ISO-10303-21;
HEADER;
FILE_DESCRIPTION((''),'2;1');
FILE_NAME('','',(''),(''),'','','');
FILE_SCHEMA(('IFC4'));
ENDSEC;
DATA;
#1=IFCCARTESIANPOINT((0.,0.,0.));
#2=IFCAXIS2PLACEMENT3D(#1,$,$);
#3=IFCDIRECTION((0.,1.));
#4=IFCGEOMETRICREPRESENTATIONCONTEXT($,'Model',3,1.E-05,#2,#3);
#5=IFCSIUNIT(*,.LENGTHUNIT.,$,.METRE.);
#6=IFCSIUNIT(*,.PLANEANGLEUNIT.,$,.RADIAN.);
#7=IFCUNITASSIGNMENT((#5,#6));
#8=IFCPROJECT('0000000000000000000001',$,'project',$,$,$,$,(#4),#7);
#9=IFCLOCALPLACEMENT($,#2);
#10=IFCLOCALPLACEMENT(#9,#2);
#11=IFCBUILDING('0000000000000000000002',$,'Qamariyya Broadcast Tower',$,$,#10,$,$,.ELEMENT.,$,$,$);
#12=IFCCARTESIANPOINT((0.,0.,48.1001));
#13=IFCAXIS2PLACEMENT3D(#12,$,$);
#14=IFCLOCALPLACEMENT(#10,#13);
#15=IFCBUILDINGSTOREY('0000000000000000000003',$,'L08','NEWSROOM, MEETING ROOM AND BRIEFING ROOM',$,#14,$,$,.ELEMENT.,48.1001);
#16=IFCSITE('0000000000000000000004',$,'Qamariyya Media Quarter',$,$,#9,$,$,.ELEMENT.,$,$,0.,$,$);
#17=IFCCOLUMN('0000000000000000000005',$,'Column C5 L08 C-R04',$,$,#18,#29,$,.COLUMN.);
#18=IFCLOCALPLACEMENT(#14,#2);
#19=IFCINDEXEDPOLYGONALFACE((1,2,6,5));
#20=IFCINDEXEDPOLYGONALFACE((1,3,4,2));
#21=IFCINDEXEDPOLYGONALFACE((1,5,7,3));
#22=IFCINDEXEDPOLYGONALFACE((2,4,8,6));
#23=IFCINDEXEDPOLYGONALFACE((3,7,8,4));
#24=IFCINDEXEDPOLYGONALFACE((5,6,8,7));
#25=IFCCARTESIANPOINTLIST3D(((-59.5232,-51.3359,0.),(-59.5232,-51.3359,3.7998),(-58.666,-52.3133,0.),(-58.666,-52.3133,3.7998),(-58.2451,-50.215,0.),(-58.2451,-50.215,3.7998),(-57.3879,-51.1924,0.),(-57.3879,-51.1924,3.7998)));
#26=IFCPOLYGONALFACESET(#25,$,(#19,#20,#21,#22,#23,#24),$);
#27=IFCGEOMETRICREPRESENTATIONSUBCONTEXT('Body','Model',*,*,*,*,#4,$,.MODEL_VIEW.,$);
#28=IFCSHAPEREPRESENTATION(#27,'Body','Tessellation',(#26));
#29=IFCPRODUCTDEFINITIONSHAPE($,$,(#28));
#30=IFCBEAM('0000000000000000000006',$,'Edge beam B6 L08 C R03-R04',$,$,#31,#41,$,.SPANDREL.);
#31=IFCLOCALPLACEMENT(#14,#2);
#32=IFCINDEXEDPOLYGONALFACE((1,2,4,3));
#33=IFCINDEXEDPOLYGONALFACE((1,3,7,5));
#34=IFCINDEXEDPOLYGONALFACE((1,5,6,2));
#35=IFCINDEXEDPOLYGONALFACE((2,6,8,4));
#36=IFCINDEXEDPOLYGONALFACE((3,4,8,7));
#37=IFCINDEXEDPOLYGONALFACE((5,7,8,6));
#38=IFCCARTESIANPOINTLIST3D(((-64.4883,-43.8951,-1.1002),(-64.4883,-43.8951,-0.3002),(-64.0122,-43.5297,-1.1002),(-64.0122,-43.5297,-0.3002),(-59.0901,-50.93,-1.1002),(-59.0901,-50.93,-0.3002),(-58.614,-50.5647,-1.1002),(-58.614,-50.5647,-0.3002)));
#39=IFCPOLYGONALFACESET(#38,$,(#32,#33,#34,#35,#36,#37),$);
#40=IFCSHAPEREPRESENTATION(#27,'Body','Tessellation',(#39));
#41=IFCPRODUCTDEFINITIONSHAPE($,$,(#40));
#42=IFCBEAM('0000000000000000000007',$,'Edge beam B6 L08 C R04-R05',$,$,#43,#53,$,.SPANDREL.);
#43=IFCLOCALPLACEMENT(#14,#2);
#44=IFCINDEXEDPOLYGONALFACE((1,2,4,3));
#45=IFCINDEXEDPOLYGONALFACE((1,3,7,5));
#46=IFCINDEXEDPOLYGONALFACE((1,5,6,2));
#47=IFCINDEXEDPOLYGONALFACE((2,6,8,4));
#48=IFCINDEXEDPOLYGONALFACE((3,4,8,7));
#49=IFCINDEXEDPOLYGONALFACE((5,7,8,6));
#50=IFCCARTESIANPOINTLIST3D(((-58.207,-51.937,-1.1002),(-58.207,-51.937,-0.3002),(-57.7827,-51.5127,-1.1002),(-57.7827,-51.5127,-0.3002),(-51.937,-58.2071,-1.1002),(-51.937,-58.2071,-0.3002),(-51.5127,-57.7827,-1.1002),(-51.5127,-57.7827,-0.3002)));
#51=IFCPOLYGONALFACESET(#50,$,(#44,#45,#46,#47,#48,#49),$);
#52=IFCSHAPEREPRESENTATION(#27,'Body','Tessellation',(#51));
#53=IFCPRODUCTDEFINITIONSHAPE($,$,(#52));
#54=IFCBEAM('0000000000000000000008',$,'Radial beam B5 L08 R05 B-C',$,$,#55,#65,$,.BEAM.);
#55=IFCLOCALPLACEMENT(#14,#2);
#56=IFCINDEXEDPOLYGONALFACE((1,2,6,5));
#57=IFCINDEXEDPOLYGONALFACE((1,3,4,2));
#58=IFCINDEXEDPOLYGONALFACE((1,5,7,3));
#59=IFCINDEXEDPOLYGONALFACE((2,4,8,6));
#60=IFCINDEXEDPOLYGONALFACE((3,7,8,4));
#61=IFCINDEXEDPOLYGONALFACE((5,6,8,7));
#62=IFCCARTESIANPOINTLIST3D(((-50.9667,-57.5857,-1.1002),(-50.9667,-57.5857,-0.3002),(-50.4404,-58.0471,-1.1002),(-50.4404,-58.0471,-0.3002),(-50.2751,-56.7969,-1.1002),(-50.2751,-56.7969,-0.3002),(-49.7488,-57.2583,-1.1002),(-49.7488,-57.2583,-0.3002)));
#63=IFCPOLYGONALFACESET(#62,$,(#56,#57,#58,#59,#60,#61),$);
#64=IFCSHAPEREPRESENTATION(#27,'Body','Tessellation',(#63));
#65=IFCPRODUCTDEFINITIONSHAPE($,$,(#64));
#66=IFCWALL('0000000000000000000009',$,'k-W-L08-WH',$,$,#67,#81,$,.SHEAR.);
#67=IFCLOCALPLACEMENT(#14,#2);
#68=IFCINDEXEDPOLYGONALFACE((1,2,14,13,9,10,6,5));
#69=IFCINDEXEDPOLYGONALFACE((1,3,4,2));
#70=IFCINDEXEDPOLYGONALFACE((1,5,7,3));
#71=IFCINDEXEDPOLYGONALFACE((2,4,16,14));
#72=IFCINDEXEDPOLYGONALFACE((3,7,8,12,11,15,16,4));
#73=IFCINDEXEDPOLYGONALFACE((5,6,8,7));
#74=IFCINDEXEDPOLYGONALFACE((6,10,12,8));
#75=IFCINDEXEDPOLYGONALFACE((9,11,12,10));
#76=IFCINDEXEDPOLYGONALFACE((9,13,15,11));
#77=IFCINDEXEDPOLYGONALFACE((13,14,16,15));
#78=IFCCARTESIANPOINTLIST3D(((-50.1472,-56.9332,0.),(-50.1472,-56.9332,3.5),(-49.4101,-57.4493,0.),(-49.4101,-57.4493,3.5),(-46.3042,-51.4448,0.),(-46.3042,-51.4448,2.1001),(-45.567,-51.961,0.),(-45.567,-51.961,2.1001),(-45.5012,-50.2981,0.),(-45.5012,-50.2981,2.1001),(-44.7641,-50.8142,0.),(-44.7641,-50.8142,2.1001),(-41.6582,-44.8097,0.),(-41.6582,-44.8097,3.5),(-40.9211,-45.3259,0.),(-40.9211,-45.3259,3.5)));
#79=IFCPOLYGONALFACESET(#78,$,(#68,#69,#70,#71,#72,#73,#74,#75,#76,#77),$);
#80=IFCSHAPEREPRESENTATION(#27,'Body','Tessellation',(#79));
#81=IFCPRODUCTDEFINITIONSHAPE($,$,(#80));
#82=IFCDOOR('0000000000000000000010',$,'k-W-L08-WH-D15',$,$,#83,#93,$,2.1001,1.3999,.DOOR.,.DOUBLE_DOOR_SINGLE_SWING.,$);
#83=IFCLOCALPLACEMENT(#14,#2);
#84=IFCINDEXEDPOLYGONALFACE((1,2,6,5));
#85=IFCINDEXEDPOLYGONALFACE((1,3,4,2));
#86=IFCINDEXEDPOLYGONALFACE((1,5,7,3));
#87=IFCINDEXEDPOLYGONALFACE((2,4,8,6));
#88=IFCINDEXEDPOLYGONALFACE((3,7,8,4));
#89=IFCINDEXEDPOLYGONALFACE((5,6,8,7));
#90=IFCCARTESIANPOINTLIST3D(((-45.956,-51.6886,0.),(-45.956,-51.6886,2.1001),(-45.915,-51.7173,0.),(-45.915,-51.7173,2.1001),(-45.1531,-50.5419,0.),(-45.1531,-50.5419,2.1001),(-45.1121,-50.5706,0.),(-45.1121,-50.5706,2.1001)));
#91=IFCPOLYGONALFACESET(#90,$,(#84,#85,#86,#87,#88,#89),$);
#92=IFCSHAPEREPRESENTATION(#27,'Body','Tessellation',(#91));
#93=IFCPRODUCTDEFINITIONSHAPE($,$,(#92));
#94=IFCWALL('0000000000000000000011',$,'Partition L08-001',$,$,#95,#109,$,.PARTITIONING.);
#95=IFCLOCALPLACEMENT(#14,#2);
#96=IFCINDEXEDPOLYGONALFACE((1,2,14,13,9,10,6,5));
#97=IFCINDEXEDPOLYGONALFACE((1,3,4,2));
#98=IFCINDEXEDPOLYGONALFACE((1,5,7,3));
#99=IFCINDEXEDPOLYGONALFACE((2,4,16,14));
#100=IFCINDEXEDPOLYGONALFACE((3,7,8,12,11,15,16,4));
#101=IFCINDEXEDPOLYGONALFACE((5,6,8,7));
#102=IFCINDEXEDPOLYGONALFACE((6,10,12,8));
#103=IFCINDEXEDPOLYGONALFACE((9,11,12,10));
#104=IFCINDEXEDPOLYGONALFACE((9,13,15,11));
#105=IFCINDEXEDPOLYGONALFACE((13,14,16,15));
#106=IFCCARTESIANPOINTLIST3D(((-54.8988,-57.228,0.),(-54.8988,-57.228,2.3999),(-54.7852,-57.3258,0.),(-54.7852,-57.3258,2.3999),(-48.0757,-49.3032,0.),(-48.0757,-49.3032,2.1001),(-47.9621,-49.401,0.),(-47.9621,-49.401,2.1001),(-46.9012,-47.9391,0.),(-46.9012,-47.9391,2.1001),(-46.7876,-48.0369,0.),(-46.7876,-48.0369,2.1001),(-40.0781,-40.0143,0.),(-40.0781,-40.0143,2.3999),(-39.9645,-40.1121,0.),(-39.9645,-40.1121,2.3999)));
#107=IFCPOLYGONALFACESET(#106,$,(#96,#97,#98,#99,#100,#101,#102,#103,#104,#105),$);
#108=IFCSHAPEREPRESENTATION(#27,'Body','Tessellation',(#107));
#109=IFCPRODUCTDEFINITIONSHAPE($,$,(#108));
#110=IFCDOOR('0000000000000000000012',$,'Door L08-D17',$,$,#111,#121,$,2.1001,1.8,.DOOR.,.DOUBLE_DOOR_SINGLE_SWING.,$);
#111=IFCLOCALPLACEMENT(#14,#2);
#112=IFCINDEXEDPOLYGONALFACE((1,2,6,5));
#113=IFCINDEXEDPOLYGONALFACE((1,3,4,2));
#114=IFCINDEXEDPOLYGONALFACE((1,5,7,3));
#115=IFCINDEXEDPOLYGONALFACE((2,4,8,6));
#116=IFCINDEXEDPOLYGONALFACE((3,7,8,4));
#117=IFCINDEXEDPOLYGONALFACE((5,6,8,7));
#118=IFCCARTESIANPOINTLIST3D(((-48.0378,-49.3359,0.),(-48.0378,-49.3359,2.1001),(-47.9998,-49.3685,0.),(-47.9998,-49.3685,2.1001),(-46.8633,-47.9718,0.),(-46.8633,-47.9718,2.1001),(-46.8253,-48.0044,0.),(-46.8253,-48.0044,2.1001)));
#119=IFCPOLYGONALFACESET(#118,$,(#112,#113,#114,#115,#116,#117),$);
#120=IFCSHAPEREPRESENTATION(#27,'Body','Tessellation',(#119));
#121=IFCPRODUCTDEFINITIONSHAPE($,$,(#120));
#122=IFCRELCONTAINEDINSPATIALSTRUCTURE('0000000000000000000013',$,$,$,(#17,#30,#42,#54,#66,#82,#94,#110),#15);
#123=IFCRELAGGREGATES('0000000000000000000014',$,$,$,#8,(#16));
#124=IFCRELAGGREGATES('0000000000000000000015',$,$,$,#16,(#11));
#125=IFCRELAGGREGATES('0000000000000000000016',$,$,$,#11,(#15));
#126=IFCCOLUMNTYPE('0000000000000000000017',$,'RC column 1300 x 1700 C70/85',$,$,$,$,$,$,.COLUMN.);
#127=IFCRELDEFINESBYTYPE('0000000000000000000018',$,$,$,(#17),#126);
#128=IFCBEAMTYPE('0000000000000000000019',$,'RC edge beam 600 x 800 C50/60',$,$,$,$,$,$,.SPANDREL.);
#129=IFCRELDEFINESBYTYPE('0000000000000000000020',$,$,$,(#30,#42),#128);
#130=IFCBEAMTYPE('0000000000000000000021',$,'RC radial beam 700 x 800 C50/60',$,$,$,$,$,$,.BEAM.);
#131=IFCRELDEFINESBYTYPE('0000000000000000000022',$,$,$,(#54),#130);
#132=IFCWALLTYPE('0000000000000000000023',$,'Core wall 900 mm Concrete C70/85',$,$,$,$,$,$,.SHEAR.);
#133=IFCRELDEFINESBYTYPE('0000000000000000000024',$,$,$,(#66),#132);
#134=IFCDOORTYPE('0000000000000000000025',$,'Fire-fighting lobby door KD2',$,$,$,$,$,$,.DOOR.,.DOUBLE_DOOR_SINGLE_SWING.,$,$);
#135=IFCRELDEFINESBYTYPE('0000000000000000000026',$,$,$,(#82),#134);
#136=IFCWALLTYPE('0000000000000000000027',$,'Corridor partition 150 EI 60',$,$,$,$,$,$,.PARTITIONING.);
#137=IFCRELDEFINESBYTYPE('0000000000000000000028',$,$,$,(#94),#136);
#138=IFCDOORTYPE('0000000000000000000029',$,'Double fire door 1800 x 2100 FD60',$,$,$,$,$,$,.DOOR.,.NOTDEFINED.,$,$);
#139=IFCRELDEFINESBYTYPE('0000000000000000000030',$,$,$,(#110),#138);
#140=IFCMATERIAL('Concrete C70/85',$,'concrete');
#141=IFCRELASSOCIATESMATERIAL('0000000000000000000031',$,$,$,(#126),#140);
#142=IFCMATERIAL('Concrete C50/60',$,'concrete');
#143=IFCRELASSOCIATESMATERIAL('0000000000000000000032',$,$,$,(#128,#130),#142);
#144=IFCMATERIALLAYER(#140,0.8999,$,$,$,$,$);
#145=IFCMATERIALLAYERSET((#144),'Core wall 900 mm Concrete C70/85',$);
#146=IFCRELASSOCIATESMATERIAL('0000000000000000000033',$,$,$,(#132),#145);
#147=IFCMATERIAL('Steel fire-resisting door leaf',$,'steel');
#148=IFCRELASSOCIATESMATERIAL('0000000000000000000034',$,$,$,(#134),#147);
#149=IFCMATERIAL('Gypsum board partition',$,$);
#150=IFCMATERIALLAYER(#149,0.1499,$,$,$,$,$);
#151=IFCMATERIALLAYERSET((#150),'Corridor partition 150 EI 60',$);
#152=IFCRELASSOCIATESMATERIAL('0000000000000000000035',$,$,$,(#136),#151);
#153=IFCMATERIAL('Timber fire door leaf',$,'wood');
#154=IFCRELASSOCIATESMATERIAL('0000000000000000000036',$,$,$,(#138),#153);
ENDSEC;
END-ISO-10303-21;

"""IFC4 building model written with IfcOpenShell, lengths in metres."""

from ifc_helpers import new_model, si_unit, direction, frame, frame_2d, origin, origin_2d, place, context, subcontext, project, spatial, rectangle, extrude, material, layer, layer_set, material_profile, profile_set, type_object, element, fill, save


model = new_model("IFC4")

# Units and contexts
model_context = context("Model", 3, precision=1e-05, world=origin(), true_north=direction((0.0, 1.0)))
body_context = subcontext(model_context, "Body", "Model", "MODEL_VIEW")
ifc_project = project(units=[si_unit("LENGTHUNIT", "METRE"), si_unit("PLANEANGLEUNIT", "RADIAN")], contexts=[model_context])

# Site, building, storey
site_placement = place(None, origin())
site = spatial("IfcSite", under=ifc_project, at=site_placement, Name="Qamariyya Media Quarter", CompositionType="ELEMENT", RefElevation=0.0)
building_placement = place(site_placement, origin())
building = spatial("IfcBuilding", under=site, at=building_placement, Name="Qamariyya Broadcast Tower", CompositionType="ELEMENT")
storey_placement = place(building_placement, frame((0.0, 0.0, 48.1001)))
storey = spatial("IfcBuildingStorey", under=building, at=storey_placement, Name="L08", Description="NEWSROOM, MEETING ROOM AND BRIEFING ROOM", CompositionType="ELEMENT", Elevation=48.1001)

# Column
ifc_material_1 = material(Name="Concrete C70/85", Category="concrete")
ifc_material_profile_1 = material_profile(ifc_material_1, rectangle(XDim=1.3, YDim=1.7, at=origin_2d()))
ifc_profile_set_1 = profile_set([ifc_material_profile_1], Name="Concrete C70/85")
column_type = type_object("IfcColumnType", Name="RC column 1300 x 1700 C70/85", PredefinedType="COLUMN", material=ifc_profile_set_1)
column_placement = place(storey_placement, frame((-58.4556, -51.2642, 0.0), z_axis=(0.0, 0.0, 1.0), x_axis=(0.659346, -0.75184, 0.0)))
element("IfcColumn", 1, at=column_placement, inside=storey, type_object=column_type, Name="Column C5 L08 C-R04", PredefinedType="COLUMN", context=body_context, shape_type="SweptSolid", body=[
    extrude(rectangle(XDim=1.3, YDim=1.7, at=origin_2d()), origin(), (0.0, 0.0, 1.0), 3.7998),
])

# Beams
ifc_material_2 = material(Name="Concrete C50/60", Category="concrete")
ifc_material_profile_2 = material_profile(ifc_material_2, rectangle(XDim=0.6001, YDim=0.8, at=origin_2d()))
ifc_profile_set_2 = profile_set([ifc_material_profile_2], Name="Concrete C50/60")
beam_type_1 = type_object("IfcBeamType", Name="RC edge beam 600 x 800 C50/60", PredefinedType="SPANDREL", material=ifc_profile_set_2)
beam_1_placement = place(storey_placement, frame((-64.2502, -43.7124, -0.7002), z_axis=(0.60877, -0.793347, 0.0), x_axis=(0.793347, 0.60877, 0.0)))
element("IfcBeam", 2, at=beam_1_placement, inside=storey, type_object=beam_type_1, Name="Edge beam B6 L08 C R03-R04", PredefinedType="SPANDREL", context=body_context, shape_type="SweptSolid", body=[
    extrude(rectangle(XDim=0.6001, YDim=0.8, at=origin_2d()), origin(), (0.0, 0.0, 1.0), 8.8674),
])
beam_2_placement = place(storey_placement, frame((-57.9949, -51.7249, -0.7002), z_axis=(0.707107, -0.707107, 0.0), x_axis=(0.707107, 0.707107, 0.0)))
element("IfcBeam", 3, at=beam_2_placement, inside=storey, type_object=beam_type_1, Name="Edge beam B6 L08 C R04-R05", PredefinedType="SPANDREL", context=body_context, shape_type="SweptSolid", body=[
    extrude(rectangle(XDim=0.6001, YDim=0.8, at=origin_2d()), origin(), (0.0, 0.0, 1.0), 8.8672),
])
ifc_material_profile_3 = material_profile(ifc_material_2, rectangle(XDim=0.7, YDim=0.8, at=origin_2d()))
ifc_profile_set_3 = profile_set([ifc_material_profile_3], Name="Concrete C50/60")
beam_type_2 = type_object("IfcBeamType", Name="RC radial beam 700 x 800 C50/60", PredefinedType="BEAM", material=ifc_profile_set_3)
beam_3_placement = place(storey_placement, frame((-50.012, -57.0276, -0.7002), z_axis=(-0.659279, -0.751899, 0.0), x_axis=(0.751899, -0.659279, 0.0)))
element("IfcBeam", 4, at=beam_3_placement, inside=storey, type_object=beam_type_2, Name="Radial beam B5 L08 R05 B-C", PredefinedType="BEAM", context=body_context, shape_type="SweptSolid", body=[
    extrude(rectangle(XDim=0.7, YDim=0.8, at=origin_2d()), origin(), (0.0, 0.0, 1.0), 1.0491),
])

# Walls, openings, doors
ifc_layer_1 = layer(ifc_material_1, 0.8999)
ifc_layer_set_1 = layer_set([ifc_layer_1], Name="Core wall 900 mm Concrete C70/85")
wall_type_1 = type_object("IfcWallType", Name="Core wall 900 mm Concrete C70/85", PredefinedType="SHEAR", material=ifc_layer_set_1)
wall_1_placement = place(storey_placement, frame((-49.7786, -57.1912, 0.0), z_axis=(0.0, 0.0, 1.0), x_axis=(0.573577, 0.819151, 0.0)))
wall_1 = element("IfcWall", 5, at=wall_1_placement, inside=storey, type_object=wall_type_1, Name="k-W-L08-WH", PredefinedType="SHEAR", context=body_context, shape_type="SweptSolid", body=[
    extrude(rectangle(XDim=14.8, YDim=0.8999, at=frame_2d((7.3999, 0.0))), origin(), (0.0, 0.0, 1.0), 3.5),
])
opening_1_placement = place(wall_1_placement, frame((6.7, 0.0, 0.0)))
opening_1 = element("IfcOpeningElement", 6, at=opening_1_placement, cuts=wall_1, PredefinedType="OPENING", context=body_context, shape_type="SweptSolid", body=[
    extrude(rectangle(XDim=1.3999, YDim=2.1001, at=frame_2d((0.7, 1.05))), frame((0.0, 0.46, 0.0), z_axis=(0.0, -1.0, 0.0), x_axis=(1.0, 0.0, 0.0)), (0.0, 0.0, 1.0), 0.9199),
])
ifc_material_3 = material(Name="Steel fire-resisting door leaf", Category="steel")
door_type_1 = type_object("IfcDoorType", Name="Fire-fighting lobby door KD2", OperationType="DOUBLE_DOOR_SINGLE_SWING", PredefinedType="DOOR", material=ifc_material_3)
door_1_placement = place(opening_1_placement, origin())
door_1 = element("IfcDoor", 7, at=door_1_placement, inside=storey, type_object=door_type_1, Name="k-W-L08-WH-D15", OperationType="DOUBLE_DOOR_SINGLE_SWING", OverallHeight=2.1001, OverallWidth=1.3999, PredefinedType="DOOR", context=body_context, shape_type="SweptSolid", body=[
    extrude(rectangle(XDim=1.3999, YDim=2.1001, at=frame_2d((0.7, 1.05))), frame((0.0, 0.0249, 0.0), z_axis=(0.0, -1.0, 0.0), x_axis=(1.0, 0.0, 0.0)), (0.0, 0.0, 1.0), 0.05),
])
fill(opening_1, door_1)
ifc_material_4 = material(Name="Gypsum board partition")
ifc_layer_2 = layer(ifc_material_4, 0.1499)
ifc_layer_set_2 = layer_set([ifc_layer_2], Name="Corridor partition 150 EI 60")
wall_type_2 = type_object("IfcWallType", Name="Corridor partition 150 EI 60", PredefinedType="PARTITIONING", material=ifc_layer_set_2)
wall_2_placement = place(storey_placement, frame((-54.842, -57.2769, 0.0), z_axis=(0.0, 0.0, 1.0), x_axis=(0.652472, 0.757813, 0.0)))
wall_2 = element("IfcWall", 8, at=wall_2_placement, inside=storey, type_object=wall_type_2, Name="Partition L08-001", PredefinedType="PARTITIONING", context=body_context, shape_type="SweptSolid", body=[
    extrude(rectangle(XDim=22.7148, YDim=0.1499, at=frame_2d((11.3574, 0.0))), origin(), (0.0, 0.0, 1.0), 2.3999),
])
opening_2_placement = place(wall_2_placement, frame((10.4575, 0.0, 0.0)))
opening_2 = element("IfcOpeningElement", 9, at=opening_2_placement, cuts=wall_2, PredefinedType="OPENING", context=body_context, shape_type="SweptSolid", body=[
    extrude(rectangle(XDim=1.8, YDim=2.1001, at=frame_2d((0.8999, 1.05))), frame((0.0, 0.085, 0.0), z_axis=(0.0, -1.0, 0.0), x_axis=(1.0, 0.0, 0.0)), (0.0, 0.0, 1.0), 0.1699),
])
ifc_material_5 = material(Name="Timber fire door leaf", Category="wood")
door_type_2 = type_object("IfcDoorType", Name="Double fire door 1800 x 2100 FD60", OperationType="NOTDEFINED", PredefinedType="DOOR", material=ifc_material_5)
door_2_placement = place(opening_2_placement, origin())
door_2 = element("IfcDoor", 10, at=door_2_placement, inside=storey, type_object=door_type_2, Name="Door L08-D17", OperationType="DOUBLE_DOOR_SINGLE_SWING", OverallHeight=2.1001, OverallWidth=1.8, PredefinedType="DOOR", context=body_context, shape_type="SweptSolid", body=[
    extrude(rectangle(XDim=1.8, YDim=2.1001, at=frame_2d((0.8999, 1.05))), frame((0.0, 0.0249, 0.0), z_axis=(0.0, -1.0, 0.0), x_axis=(1.0, 0.0, 0.0)), (0.0, 0.0, 1.0), 0.05),
])
fill(opening_2, door_2)

save(model, "model.ifc")
